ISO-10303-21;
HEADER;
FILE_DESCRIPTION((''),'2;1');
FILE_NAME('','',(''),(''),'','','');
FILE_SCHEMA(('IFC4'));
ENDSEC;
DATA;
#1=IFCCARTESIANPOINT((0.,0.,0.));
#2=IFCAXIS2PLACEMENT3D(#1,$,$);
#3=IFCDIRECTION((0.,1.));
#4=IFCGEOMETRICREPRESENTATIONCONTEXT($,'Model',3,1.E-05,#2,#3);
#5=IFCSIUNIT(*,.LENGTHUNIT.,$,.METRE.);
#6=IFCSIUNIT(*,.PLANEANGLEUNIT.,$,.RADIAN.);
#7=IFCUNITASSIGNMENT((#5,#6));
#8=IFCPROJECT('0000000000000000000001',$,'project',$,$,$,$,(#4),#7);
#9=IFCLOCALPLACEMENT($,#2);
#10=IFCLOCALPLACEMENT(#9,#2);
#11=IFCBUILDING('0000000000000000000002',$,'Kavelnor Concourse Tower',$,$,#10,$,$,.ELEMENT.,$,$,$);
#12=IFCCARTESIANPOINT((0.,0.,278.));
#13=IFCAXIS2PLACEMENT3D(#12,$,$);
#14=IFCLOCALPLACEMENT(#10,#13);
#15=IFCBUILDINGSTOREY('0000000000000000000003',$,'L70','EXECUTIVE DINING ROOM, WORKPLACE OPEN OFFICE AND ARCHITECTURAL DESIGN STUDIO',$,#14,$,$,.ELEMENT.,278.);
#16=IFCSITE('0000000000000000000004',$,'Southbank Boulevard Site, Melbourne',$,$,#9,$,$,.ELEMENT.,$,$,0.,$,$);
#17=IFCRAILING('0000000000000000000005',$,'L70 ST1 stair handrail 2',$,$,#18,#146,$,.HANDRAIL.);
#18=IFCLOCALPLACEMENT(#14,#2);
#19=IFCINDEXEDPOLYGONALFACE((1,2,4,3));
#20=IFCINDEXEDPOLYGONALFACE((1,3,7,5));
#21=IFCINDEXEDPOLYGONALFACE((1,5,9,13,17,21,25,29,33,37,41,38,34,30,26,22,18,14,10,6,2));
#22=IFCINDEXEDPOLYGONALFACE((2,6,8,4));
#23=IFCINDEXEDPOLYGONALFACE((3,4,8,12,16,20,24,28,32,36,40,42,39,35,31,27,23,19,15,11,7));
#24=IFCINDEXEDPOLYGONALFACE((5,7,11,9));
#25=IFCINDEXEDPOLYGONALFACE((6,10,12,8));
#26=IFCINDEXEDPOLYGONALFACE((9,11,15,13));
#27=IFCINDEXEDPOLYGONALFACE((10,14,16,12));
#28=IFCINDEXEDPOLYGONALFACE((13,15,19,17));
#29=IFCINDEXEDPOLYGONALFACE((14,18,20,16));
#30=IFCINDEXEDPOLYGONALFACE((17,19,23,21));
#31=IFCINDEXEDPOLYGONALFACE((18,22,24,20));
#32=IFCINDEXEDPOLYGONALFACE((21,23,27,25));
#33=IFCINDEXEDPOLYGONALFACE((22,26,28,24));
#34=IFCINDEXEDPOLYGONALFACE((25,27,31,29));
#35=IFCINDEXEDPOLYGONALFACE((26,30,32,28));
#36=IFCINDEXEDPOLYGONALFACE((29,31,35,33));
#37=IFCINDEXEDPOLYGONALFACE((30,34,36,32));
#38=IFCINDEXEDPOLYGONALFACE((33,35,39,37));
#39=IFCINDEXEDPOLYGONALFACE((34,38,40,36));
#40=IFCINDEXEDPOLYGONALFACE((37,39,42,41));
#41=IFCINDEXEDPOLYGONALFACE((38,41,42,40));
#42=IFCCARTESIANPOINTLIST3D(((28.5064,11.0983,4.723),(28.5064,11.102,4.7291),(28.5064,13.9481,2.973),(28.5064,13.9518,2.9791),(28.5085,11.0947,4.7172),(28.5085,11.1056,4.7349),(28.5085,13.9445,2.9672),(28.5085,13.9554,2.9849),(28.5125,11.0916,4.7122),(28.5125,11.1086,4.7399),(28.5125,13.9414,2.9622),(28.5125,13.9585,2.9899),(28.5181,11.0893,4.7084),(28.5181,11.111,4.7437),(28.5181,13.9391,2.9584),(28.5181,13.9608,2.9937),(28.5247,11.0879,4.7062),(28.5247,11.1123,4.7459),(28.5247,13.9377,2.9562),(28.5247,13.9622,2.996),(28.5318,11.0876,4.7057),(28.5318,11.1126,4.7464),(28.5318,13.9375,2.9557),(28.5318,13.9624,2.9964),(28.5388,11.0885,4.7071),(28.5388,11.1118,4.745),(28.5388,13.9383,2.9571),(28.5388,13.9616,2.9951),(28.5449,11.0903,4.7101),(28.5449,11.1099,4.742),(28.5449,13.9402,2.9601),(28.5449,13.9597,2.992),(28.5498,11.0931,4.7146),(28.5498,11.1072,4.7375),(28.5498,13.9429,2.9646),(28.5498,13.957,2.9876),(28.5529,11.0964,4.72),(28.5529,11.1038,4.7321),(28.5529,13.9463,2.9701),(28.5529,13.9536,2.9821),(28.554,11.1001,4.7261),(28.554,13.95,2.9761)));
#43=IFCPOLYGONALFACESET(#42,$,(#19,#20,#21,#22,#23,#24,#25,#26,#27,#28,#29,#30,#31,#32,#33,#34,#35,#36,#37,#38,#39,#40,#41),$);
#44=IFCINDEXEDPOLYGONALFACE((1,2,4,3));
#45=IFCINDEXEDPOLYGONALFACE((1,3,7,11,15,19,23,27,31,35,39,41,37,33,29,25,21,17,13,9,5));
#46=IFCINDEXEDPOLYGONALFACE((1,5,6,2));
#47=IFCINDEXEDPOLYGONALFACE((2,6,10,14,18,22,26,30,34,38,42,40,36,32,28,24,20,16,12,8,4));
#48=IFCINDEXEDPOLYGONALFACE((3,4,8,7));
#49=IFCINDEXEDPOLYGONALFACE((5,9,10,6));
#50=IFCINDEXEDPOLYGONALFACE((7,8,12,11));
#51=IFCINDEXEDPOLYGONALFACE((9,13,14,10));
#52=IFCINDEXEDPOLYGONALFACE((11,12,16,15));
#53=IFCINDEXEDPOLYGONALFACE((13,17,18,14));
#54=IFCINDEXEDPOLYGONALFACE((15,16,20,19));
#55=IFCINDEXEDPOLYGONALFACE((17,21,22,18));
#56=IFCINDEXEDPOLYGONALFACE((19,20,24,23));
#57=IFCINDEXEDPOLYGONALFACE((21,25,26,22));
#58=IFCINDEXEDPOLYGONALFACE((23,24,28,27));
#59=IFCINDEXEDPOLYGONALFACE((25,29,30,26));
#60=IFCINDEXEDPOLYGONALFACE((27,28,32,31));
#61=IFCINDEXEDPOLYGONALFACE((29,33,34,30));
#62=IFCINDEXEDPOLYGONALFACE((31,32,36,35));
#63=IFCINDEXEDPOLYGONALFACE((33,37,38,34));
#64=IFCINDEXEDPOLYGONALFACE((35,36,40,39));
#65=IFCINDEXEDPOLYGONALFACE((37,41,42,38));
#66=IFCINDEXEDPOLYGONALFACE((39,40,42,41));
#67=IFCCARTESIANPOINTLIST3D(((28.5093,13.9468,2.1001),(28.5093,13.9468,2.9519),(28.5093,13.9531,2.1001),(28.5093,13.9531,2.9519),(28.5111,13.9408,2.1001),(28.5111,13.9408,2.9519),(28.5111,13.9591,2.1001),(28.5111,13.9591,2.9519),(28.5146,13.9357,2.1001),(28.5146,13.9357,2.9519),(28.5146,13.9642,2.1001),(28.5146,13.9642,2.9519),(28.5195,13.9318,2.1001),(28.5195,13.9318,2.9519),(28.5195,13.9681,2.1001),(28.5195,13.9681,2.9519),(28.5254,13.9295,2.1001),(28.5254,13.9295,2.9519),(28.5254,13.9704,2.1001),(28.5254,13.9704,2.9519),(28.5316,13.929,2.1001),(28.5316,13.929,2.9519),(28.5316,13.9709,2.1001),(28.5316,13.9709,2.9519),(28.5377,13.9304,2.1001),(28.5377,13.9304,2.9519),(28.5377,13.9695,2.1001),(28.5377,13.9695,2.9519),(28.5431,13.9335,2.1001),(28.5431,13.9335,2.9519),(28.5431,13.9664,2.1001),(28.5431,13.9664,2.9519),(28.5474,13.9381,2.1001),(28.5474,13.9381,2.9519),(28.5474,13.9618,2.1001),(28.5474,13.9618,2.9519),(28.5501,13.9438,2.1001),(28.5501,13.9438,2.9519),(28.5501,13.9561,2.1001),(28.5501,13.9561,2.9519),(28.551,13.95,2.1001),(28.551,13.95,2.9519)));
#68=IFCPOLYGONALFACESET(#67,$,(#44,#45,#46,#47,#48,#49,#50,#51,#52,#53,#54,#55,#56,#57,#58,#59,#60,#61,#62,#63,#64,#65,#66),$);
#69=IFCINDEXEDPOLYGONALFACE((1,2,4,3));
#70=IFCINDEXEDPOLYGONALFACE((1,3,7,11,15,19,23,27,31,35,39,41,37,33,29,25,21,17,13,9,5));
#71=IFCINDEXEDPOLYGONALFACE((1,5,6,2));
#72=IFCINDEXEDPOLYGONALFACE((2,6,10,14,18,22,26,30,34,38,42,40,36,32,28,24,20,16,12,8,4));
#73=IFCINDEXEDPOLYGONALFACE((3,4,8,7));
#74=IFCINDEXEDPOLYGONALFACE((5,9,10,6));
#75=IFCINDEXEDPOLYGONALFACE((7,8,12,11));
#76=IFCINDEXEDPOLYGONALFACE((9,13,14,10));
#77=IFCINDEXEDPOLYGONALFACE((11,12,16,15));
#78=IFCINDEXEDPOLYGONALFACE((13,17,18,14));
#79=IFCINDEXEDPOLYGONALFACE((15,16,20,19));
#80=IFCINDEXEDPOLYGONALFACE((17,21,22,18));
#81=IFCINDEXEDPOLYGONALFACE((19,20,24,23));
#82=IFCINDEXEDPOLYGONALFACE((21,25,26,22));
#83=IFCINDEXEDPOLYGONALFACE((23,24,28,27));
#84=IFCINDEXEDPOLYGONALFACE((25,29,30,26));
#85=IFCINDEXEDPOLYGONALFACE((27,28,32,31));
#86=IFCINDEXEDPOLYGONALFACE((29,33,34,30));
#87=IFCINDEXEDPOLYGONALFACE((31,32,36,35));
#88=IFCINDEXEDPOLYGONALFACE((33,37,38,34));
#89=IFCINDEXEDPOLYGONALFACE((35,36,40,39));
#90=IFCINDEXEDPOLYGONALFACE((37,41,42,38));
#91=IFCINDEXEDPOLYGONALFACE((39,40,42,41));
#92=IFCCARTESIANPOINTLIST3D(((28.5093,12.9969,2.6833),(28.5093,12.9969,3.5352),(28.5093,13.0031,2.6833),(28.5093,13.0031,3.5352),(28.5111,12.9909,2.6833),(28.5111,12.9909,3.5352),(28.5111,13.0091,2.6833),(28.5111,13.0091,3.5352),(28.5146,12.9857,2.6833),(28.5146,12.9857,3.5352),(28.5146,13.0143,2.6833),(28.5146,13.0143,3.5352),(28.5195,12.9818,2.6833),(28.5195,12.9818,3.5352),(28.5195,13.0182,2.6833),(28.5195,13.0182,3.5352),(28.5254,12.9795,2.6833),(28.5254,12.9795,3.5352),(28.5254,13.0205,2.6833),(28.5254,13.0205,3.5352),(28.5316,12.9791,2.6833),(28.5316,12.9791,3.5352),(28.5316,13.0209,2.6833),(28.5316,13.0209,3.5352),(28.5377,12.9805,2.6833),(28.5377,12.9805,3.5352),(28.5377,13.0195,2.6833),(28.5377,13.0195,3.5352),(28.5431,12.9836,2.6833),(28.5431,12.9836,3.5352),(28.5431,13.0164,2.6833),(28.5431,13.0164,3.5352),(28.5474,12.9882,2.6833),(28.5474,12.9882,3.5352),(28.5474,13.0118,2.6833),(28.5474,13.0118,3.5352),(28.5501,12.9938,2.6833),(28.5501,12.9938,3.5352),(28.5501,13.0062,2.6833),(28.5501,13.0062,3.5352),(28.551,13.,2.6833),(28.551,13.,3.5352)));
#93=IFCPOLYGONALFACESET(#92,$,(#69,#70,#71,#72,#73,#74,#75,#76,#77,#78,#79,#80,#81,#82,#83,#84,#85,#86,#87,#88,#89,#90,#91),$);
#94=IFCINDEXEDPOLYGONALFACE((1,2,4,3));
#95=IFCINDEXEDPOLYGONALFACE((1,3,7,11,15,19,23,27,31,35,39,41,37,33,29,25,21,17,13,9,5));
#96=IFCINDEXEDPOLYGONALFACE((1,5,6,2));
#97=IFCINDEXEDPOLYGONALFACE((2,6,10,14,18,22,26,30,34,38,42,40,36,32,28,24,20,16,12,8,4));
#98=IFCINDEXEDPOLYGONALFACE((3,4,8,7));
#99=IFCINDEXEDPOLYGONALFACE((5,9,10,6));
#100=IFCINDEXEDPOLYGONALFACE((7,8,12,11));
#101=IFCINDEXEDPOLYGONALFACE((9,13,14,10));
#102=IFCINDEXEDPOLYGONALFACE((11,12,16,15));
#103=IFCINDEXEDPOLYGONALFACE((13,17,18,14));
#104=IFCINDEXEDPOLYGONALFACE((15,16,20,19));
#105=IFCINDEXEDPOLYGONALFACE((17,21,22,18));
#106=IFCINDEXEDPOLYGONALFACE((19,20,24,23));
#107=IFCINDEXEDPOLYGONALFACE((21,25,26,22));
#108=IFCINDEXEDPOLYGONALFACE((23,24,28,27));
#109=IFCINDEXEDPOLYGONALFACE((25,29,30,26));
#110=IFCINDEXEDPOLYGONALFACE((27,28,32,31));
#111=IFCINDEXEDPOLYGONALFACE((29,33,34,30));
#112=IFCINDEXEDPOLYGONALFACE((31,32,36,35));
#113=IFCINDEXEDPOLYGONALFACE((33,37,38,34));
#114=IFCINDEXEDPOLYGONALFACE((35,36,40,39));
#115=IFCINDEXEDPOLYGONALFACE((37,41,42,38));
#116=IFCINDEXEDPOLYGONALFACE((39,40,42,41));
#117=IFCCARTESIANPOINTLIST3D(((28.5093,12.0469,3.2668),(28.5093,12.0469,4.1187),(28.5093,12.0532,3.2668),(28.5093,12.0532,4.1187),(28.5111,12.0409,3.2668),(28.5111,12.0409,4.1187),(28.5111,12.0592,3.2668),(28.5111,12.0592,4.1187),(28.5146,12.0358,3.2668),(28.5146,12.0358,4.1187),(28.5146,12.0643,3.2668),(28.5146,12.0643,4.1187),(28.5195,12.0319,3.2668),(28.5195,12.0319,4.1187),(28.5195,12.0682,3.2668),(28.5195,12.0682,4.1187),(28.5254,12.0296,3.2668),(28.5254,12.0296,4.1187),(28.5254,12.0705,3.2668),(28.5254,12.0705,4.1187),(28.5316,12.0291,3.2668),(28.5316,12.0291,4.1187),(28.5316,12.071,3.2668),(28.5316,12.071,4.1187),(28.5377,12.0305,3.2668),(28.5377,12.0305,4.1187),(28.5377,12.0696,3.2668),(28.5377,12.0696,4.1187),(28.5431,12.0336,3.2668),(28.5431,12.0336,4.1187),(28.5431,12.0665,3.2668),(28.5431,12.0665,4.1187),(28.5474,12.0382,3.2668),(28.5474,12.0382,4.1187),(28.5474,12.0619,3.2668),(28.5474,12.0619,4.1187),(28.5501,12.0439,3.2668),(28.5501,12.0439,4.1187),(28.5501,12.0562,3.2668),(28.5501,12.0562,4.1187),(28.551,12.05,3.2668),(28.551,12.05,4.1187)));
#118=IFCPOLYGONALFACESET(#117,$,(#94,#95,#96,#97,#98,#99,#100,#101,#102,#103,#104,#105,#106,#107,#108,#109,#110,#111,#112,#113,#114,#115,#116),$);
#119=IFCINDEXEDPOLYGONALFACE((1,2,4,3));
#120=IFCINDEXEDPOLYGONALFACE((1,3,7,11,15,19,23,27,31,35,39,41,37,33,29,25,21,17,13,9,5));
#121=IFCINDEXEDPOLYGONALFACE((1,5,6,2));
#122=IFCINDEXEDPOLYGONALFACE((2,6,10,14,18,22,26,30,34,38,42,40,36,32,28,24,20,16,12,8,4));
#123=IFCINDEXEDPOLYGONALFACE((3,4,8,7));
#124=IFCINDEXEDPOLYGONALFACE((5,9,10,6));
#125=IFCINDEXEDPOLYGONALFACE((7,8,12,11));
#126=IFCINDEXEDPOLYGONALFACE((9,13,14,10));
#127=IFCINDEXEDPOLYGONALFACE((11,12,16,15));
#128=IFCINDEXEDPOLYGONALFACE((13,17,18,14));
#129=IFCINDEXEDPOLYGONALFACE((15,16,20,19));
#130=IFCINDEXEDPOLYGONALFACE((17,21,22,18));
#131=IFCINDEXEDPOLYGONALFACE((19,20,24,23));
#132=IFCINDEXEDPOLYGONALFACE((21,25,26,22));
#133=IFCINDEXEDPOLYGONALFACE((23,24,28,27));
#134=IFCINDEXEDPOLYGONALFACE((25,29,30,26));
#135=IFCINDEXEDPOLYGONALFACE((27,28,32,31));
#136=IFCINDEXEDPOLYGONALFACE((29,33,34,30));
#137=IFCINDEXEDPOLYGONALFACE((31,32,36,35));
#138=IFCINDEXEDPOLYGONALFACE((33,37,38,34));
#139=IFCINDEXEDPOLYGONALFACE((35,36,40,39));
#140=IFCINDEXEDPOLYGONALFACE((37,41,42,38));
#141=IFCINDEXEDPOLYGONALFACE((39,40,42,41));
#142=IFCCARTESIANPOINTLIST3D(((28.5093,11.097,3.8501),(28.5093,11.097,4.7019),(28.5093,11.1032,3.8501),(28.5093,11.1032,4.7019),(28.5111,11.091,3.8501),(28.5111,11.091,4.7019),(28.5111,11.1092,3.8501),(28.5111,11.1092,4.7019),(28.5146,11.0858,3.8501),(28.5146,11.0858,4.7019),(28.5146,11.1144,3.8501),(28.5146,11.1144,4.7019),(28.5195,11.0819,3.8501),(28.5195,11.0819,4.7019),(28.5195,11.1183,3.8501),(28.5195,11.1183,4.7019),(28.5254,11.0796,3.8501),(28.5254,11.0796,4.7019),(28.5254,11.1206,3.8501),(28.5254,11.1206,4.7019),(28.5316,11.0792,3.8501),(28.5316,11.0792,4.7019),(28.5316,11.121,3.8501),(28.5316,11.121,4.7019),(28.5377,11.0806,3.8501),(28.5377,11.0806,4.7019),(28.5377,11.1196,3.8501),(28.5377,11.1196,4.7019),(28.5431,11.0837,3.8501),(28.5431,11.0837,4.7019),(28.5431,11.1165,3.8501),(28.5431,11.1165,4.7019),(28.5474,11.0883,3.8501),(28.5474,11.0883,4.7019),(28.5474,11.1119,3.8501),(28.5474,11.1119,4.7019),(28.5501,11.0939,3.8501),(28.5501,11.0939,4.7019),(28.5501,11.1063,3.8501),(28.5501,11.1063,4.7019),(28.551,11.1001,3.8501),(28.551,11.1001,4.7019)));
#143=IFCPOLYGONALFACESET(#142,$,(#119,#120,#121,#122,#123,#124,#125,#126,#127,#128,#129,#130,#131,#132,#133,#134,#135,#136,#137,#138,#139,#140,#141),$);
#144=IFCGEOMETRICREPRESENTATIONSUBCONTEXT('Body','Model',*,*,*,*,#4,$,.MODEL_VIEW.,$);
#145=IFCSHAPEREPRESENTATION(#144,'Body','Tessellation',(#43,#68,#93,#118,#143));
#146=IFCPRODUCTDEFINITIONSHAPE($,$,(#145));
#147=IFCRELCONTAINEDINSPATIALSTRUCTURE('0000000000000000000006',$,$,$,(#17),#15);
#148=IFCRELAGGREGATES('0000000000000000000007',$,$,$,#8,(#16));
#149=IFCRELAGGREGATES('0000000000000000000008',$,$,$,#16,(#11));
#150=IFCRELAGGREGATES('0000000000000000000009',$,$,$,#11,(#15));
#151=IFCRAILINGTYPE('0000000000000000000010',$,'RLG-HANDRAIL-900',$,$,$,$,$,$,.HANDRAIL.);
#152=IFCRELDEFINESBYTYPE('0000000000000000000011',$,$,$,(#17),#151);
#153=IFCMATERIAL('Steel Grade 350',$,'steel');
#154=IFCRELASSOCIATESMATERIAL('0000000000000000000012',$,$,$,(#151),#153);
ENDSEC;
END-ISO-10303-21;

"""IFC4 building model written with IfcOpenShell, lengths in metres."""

from ifc_helpers import new_model, si_unit, direction, frame, origin, origin_2d, place, context, subcontext, project, spatial, circle, extrude, material, type_object, element, save


model = new_model("IFC4")

# Units and contexts
model_context = context("Model", 3, precision=1e-05, world=origin(), true_north=direction((0.0, 1.0)))
body_context = subcontext(model_context, "Body", "Model", "MODEL_VIEW")
ifc_project = project(units=[si_unit("LENGTHUNIT", "METRE"), si_unit("PLANEANGLEUNIT", "RADIAN")], contexts=[model_context])

# Site, building, storey
site_placement = place(None, origin())
site = spatial("IfcSite", under=ifc_project, at=site_placement, Name="Southbank Boulevard Site, Melbourne", CompositionType="ELEMENT", RefElevation=0.0)
building_placement = place(site_placement, origin())
building = spatial("IfcBuilding", under=site, at=building_placement, Name="Kavelnor Concourse Tower", CompositionType="ELEMENT")
storey_placement = place(building_placement, frame((0.0, 0.0, 278.0)))
storey = spatial("IfcBuildingStorey", under=building, at=storey_placement, Name="L70", Description="EXECUTIVE DINING ROOM, WORKPLACE OPEN OFFICE AND ARCHITECTURAL DESIGN STUDIO", CompositionType="ELEMENT", Elevation=278.0)

# Shared definitions
ifc_material_1 = material(Name="Steel Grade 350", Category="steel")

# Railing
railing_type_1 = type_object("IfcRailingType", Name="RLG-HANDRAIL-900", PredefinedType="HANDRAIL", material=ifc_material_1)
railing_1_placement = place(storey_placement, frame((28.53, 13.95, 2.1001)))
element("IfcRailing", 1, at=railing_1_placement, inside=storey, type_object=railing_type_1, Name="L70 ST1 stair handrail 2", PredefinedType="HANDRAIL", context=body_context, shape_type="SweptSolid", body=[
    extrude(circle(Radius=0.0239, at=origin_2d()), frame((0.0, 0.0, 0.876), z_axis=(0.0, -0.852159, 0.523283), x_axis=(1.0, 0.0, 0.0)), (0.0, 0.0, 1.0), 3.3442),
    extrude(circle(Radius=0.021, at=origin_2d()), origin(), (0.0, 0.0, 1.0), 0.8518),
    extrude(circle(Radius=0.021, at=origin_2d()), frame((0.0, -0.95, 0.5833)), (0.0, 0.0, 1.0), 0.8518),
    extrude(circle(Radius=0.021, at=origin_2d()), frame((0.0, -1.8999, 1.1667)), (0.0, 0.0, 1.0), 0.8518),
    extrude(circle(Radius=0.021, at=origin_2d()), frame((0.0, -2.8499, 1.75)), (0.0, 0.0, 1.0), 0.8518),
])

save(model, "model.ifc")
